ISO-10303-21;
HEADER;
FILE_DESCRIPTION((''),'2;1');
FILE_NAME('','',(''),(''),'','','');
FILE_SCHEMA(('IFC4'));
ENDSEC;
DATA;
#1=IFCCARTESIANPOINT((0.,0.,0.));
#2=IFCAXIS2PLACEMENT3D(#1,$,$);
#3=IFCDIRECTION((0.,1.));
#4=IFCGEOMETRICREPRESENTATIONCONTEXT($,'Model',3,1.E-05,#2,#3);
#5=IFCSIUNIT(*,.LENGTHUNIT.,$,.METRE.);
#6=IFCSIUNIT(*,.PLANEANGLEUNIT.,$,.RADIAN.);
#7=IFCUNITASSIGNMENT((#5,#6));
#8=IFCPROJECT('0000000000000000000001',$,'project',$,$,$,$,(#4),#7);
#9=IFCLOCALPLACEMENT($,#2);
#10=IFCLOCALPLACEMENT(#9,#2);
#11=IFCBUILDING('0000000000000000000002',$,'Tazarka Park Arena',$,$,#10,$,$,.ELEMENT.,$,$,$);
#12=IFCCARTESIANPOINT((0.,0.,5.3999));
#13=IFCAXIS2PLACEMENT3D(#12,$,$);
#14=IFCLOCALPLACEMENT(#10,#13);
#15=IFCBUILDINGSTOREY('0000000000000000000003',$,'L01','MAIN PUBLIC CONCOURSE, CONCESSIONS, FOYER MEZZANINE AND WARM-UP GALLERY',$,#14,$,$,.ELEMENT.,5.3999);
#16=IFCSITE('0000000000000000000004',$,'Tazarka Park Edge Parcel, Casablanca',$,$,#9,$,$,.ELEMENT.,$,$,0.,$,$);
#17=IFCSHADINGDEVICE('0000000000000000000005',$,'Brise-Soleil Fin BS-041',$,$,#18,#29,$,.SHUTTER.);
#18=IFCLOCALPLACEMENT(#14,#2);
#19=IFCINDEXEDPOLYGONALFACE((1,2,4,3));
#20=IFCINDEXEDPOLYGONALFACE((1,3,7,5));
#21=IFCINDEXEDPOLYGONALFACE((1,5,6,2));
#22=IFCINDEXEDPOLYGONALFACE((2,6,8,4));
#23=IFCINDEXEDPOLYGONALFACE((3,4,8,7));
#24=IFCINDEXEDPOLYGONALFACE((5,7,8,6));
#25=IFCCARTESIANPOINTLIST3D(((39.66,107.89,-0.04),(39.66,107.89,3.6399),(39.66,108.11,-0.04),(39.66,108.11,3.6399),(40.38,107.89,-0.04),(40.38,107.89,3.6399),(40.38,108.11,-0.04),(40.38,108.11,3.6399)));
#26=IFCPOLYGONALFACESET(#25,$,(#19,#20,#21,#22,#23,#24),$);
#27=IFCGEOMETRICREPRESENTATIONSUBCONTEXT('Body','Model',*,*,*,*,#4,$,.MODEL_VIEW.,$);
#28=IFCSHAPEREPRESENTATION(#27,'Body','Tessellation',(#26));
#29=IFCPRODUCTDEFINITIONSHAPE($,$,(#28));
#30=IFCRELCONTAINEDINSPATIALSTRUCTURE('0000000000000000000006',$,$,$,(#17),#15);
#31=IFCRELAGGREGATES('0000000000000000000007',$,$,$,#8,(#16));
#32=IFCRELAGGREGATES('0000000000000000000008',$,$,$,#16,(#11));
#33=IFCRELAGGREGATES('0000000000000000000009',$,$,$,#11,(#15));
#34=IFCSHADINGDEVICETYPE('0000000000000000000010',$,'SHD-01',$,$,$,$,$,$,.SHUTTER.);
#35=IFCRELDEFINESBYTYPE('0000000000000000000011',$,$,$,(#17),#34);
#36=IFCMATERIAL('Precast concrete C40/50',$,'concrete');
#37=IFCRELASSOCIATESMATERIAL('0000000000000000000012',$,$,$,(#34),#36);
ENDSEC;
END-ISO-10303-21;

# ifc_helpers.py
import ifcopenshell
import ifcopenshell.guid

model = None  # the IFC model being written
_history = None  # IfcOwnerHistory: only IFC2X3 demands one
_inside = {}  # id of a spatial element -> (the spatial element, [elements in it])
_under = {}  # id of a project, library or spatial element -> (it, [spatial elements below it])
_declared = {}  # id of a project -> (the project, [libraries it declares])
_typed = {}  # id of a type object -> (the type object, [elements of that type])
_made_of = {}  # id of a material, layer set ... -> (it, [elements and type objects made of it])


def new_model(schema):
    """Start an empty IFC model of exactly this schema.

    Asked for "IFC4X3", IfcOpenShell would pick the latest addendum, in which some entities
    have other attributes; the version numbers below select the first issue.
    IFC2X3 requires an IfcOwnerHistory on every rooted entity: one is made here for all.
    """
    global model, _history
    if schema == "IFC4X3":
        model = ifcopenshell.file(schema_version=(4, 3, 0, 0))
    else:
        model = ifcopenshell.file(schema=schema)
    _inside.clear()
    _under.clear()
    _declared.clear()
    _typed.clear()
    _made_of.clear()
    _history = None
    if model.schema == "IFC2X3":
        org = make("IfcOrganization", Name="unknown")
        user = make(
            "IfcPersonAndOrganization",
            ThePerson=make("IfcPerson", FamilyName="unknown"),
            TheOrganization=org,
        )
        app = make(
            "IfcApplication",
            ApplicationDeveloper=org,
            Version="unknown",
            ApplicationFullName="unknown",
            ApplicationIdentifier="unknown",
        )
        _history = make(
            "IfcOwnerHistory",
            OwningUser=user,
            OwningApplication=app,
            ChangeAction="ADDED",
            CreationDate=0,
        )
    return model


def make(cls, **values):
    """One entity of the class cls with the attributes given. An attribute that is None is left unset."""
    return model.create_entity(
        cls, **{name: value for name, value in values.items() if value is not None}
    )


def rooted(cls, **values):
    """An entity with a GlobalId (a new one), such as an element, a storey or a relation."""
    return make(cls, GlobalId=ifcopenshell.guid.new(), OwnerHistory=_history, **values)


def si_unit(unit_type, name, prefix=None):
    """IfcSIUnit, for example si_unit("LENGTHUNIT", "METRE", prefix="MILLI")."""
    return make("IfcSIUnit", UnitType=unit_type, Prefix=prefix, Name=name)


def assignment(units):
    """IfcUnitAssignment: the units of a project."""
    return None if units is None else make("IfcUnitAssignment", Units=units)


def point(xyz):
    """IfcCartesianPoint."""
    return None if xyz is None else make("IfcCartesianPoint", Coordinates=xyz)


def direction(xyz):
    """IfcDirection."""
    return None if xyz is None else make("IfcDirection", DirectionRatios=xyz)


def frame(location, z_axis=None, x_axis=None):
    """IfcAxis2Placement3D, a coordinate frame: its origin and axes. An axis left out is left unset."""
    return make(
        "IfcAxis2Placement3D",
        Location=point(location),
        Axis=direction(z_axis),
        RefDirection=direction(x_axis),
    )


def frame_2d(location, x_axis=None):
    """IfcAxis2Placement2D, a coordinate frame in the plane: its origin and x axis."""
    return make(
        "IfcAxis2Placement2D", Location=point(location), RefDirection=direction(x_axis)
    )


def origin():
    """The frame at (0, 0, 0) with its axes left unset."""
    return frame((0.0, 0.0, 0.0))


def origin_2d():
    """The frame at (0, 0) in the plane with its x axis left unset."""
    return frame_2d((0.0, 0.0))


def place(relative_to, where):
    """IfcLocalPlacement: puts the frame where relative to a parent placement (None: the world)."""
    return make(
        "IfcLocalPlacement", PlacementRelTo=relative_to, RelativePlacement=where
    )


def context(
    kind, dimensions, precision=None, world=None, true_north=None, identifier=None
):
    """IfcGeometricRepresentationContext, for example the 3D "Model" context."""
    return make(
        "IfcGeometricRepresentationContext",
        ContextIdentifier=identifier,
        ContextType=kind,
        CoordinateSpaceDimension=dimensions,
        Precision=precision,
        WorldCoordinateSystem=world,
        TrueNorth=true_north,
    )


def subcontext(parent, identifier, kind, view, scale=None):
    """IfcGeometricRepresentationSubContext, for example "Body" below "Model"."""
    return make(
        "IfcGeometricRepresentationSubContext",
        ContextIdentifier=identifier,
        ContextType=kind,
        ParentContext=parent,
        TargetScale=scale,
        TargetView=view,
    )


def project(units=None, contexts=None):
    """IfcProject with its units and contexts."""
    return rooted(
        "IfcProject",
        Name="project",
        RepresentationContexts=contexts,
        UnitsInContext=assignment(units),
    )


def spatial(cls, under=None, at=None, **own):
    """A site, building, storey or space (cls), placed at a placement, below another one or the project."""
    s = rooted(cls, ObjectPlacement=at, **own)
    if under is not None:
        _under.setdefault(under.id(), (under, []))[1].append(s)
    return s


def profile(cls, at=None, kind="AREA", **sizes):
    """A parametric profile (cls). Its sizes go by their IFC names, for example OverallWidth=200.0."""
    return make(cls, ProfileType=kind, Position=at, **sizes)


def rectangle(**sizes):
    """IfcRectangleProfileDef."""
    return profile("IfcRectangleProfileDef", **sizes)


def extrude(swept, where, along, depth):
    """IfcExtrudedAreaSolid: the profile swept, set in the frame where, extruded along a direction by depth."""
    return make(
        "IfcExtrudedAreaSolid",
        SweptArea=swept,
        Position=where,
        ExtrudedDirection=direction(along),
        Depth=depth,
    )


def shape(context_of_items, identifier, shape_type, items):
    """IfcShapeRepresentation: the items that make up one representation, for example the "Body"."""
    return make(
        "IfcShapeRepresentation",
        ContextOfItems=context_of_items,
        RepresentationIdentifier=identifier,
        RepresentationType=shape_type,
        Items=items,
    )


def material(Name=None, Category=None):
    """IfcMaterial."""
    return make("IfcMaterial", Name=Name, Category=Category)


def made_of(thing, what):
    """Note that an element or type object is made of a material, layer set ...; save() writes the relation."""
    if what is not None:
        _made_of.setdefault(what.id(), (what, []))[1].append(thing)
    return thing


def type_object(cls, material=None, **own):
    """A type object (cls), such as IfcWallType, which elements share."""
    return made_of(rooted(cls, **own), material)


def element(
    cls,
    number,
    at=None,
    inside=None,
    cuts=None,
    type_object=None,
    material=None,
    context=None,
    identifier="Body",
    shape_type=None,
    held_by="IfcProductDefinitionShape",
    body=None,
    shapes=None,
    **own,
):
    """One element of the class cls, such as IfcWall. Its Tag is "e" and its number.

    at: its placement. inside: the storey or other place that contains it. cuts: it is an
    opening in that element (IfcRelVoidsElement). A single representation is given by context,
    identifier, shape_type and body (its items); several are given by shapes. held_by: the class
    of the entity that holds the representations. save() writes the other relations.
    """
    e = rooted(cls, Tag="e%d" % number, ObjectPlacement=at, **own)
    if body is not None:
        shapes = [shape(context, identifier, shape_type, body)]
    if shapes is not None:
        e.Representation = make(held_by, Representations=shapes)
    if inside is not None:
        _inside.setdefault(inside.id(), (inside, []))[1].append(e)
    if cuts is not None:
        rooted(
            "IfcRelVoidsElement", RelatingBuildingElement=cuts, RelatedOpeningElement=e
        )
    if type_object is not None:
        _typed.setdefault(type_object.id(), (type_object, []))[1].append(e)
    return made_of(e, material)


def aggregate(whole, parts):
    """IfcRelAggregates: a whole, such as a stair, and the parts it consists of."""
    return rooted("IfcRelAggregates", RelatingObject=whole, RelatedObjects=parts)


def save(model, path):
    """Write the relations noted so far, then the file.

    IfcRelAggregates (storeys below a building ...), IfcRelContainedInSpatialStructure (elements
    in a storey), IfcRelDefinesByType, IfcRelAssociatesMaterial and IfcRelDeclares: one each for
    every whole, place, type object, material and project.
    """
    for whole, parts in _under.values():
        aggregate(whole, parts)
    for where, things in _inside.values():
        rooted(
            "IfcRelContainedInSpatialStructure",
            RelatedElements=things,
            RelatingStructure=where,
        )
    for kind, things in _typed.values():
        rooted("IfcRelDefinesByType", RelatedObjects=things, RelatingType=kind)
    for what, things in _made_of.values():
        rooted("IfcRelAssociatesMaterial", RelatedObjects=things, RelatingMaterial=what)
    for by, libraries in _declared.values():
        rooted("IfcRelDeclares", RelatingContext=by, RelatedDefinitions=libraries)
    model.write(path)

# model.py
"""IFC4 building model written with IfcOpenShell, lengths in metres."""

from ifc_helpers import new_model, si_unit, direction, frame, origin, origin_2d, place, context, subcontext, project, spatial, rectangle, extrude, material, type_object, element, save


model = new_model("IFC4")

# Units and contexts
model_context = context("Model", 3, precision=1e-05, world=origin(), true_north=direction((0.0, 1.0)))
body_context = subcontext(model_context, "Body", "Model", "MODEL_VIEW")
ifc_project = project(units=[si_unit("LENGTHUNIT", "METRE"), si_unit("PLANEANGLEUNIT", "RADIAN")], contexts=[model_context])

# Site, building, storey
site_placement = place(None, origin())
site = spatial("IfcSite", under=ifc_project, at=site_placement, Name="Tazarka Park Edge Parcel, Casablanca", CompositionType="ELEMENT", RefElevation=0.0)
building_placement = place(site_placement, origin())
building = spatial("IfcBuilding", under=site, at=building_placement, Name="Tazarka Park Arena", CompositionType="ELEMENT")
storey_placement = place(building_placement, frame((0.0, 0.0, 5.3999)))
storey = spatial("IfcBuildingStorey", under=building, at=storey_placement, Name="L01", Description="MAIN PUBLIC CONCOURSE, CONCESSIONS, FOYER MEZZANINE AND WARM-UP GALLERY", CompositionType="ELEMENT", Elevation=5.3999)

# Shading device
ifc_material_1 = material(Name="Precast concrete C40/50", Category="concrete")
shading_device_type = type_object("IfcShadingDeviceType", Name="SHD-01", PredefinedType="SHUTTER", material=ifc_material_1)
for number, where, z_axis, x_axis, name in (
    (1, (40.02, 108.0, -0.04), (0.0, 0.0, 1.0), (0.0, -1.0, 0.0), "Brise-Soleil Fin BS-041"),
):
    element("IfcShadingDevice", number, at=place(storey_placement, frame(where, z_axis=z_axis, x_axis=x_axis)), inside=storey, type_object=shading_device_type, Name=name, PredefinedType="SHUTTER", context=body_context, shape_type="SweptSolid", body=[
        extrude(rectangle(XDim=0.22, YDim=0.72, at=origin_2d()), origin(), (0.0, 0.0, 1.0), 3.6799),
    ])

save(model, "model.ifc")
